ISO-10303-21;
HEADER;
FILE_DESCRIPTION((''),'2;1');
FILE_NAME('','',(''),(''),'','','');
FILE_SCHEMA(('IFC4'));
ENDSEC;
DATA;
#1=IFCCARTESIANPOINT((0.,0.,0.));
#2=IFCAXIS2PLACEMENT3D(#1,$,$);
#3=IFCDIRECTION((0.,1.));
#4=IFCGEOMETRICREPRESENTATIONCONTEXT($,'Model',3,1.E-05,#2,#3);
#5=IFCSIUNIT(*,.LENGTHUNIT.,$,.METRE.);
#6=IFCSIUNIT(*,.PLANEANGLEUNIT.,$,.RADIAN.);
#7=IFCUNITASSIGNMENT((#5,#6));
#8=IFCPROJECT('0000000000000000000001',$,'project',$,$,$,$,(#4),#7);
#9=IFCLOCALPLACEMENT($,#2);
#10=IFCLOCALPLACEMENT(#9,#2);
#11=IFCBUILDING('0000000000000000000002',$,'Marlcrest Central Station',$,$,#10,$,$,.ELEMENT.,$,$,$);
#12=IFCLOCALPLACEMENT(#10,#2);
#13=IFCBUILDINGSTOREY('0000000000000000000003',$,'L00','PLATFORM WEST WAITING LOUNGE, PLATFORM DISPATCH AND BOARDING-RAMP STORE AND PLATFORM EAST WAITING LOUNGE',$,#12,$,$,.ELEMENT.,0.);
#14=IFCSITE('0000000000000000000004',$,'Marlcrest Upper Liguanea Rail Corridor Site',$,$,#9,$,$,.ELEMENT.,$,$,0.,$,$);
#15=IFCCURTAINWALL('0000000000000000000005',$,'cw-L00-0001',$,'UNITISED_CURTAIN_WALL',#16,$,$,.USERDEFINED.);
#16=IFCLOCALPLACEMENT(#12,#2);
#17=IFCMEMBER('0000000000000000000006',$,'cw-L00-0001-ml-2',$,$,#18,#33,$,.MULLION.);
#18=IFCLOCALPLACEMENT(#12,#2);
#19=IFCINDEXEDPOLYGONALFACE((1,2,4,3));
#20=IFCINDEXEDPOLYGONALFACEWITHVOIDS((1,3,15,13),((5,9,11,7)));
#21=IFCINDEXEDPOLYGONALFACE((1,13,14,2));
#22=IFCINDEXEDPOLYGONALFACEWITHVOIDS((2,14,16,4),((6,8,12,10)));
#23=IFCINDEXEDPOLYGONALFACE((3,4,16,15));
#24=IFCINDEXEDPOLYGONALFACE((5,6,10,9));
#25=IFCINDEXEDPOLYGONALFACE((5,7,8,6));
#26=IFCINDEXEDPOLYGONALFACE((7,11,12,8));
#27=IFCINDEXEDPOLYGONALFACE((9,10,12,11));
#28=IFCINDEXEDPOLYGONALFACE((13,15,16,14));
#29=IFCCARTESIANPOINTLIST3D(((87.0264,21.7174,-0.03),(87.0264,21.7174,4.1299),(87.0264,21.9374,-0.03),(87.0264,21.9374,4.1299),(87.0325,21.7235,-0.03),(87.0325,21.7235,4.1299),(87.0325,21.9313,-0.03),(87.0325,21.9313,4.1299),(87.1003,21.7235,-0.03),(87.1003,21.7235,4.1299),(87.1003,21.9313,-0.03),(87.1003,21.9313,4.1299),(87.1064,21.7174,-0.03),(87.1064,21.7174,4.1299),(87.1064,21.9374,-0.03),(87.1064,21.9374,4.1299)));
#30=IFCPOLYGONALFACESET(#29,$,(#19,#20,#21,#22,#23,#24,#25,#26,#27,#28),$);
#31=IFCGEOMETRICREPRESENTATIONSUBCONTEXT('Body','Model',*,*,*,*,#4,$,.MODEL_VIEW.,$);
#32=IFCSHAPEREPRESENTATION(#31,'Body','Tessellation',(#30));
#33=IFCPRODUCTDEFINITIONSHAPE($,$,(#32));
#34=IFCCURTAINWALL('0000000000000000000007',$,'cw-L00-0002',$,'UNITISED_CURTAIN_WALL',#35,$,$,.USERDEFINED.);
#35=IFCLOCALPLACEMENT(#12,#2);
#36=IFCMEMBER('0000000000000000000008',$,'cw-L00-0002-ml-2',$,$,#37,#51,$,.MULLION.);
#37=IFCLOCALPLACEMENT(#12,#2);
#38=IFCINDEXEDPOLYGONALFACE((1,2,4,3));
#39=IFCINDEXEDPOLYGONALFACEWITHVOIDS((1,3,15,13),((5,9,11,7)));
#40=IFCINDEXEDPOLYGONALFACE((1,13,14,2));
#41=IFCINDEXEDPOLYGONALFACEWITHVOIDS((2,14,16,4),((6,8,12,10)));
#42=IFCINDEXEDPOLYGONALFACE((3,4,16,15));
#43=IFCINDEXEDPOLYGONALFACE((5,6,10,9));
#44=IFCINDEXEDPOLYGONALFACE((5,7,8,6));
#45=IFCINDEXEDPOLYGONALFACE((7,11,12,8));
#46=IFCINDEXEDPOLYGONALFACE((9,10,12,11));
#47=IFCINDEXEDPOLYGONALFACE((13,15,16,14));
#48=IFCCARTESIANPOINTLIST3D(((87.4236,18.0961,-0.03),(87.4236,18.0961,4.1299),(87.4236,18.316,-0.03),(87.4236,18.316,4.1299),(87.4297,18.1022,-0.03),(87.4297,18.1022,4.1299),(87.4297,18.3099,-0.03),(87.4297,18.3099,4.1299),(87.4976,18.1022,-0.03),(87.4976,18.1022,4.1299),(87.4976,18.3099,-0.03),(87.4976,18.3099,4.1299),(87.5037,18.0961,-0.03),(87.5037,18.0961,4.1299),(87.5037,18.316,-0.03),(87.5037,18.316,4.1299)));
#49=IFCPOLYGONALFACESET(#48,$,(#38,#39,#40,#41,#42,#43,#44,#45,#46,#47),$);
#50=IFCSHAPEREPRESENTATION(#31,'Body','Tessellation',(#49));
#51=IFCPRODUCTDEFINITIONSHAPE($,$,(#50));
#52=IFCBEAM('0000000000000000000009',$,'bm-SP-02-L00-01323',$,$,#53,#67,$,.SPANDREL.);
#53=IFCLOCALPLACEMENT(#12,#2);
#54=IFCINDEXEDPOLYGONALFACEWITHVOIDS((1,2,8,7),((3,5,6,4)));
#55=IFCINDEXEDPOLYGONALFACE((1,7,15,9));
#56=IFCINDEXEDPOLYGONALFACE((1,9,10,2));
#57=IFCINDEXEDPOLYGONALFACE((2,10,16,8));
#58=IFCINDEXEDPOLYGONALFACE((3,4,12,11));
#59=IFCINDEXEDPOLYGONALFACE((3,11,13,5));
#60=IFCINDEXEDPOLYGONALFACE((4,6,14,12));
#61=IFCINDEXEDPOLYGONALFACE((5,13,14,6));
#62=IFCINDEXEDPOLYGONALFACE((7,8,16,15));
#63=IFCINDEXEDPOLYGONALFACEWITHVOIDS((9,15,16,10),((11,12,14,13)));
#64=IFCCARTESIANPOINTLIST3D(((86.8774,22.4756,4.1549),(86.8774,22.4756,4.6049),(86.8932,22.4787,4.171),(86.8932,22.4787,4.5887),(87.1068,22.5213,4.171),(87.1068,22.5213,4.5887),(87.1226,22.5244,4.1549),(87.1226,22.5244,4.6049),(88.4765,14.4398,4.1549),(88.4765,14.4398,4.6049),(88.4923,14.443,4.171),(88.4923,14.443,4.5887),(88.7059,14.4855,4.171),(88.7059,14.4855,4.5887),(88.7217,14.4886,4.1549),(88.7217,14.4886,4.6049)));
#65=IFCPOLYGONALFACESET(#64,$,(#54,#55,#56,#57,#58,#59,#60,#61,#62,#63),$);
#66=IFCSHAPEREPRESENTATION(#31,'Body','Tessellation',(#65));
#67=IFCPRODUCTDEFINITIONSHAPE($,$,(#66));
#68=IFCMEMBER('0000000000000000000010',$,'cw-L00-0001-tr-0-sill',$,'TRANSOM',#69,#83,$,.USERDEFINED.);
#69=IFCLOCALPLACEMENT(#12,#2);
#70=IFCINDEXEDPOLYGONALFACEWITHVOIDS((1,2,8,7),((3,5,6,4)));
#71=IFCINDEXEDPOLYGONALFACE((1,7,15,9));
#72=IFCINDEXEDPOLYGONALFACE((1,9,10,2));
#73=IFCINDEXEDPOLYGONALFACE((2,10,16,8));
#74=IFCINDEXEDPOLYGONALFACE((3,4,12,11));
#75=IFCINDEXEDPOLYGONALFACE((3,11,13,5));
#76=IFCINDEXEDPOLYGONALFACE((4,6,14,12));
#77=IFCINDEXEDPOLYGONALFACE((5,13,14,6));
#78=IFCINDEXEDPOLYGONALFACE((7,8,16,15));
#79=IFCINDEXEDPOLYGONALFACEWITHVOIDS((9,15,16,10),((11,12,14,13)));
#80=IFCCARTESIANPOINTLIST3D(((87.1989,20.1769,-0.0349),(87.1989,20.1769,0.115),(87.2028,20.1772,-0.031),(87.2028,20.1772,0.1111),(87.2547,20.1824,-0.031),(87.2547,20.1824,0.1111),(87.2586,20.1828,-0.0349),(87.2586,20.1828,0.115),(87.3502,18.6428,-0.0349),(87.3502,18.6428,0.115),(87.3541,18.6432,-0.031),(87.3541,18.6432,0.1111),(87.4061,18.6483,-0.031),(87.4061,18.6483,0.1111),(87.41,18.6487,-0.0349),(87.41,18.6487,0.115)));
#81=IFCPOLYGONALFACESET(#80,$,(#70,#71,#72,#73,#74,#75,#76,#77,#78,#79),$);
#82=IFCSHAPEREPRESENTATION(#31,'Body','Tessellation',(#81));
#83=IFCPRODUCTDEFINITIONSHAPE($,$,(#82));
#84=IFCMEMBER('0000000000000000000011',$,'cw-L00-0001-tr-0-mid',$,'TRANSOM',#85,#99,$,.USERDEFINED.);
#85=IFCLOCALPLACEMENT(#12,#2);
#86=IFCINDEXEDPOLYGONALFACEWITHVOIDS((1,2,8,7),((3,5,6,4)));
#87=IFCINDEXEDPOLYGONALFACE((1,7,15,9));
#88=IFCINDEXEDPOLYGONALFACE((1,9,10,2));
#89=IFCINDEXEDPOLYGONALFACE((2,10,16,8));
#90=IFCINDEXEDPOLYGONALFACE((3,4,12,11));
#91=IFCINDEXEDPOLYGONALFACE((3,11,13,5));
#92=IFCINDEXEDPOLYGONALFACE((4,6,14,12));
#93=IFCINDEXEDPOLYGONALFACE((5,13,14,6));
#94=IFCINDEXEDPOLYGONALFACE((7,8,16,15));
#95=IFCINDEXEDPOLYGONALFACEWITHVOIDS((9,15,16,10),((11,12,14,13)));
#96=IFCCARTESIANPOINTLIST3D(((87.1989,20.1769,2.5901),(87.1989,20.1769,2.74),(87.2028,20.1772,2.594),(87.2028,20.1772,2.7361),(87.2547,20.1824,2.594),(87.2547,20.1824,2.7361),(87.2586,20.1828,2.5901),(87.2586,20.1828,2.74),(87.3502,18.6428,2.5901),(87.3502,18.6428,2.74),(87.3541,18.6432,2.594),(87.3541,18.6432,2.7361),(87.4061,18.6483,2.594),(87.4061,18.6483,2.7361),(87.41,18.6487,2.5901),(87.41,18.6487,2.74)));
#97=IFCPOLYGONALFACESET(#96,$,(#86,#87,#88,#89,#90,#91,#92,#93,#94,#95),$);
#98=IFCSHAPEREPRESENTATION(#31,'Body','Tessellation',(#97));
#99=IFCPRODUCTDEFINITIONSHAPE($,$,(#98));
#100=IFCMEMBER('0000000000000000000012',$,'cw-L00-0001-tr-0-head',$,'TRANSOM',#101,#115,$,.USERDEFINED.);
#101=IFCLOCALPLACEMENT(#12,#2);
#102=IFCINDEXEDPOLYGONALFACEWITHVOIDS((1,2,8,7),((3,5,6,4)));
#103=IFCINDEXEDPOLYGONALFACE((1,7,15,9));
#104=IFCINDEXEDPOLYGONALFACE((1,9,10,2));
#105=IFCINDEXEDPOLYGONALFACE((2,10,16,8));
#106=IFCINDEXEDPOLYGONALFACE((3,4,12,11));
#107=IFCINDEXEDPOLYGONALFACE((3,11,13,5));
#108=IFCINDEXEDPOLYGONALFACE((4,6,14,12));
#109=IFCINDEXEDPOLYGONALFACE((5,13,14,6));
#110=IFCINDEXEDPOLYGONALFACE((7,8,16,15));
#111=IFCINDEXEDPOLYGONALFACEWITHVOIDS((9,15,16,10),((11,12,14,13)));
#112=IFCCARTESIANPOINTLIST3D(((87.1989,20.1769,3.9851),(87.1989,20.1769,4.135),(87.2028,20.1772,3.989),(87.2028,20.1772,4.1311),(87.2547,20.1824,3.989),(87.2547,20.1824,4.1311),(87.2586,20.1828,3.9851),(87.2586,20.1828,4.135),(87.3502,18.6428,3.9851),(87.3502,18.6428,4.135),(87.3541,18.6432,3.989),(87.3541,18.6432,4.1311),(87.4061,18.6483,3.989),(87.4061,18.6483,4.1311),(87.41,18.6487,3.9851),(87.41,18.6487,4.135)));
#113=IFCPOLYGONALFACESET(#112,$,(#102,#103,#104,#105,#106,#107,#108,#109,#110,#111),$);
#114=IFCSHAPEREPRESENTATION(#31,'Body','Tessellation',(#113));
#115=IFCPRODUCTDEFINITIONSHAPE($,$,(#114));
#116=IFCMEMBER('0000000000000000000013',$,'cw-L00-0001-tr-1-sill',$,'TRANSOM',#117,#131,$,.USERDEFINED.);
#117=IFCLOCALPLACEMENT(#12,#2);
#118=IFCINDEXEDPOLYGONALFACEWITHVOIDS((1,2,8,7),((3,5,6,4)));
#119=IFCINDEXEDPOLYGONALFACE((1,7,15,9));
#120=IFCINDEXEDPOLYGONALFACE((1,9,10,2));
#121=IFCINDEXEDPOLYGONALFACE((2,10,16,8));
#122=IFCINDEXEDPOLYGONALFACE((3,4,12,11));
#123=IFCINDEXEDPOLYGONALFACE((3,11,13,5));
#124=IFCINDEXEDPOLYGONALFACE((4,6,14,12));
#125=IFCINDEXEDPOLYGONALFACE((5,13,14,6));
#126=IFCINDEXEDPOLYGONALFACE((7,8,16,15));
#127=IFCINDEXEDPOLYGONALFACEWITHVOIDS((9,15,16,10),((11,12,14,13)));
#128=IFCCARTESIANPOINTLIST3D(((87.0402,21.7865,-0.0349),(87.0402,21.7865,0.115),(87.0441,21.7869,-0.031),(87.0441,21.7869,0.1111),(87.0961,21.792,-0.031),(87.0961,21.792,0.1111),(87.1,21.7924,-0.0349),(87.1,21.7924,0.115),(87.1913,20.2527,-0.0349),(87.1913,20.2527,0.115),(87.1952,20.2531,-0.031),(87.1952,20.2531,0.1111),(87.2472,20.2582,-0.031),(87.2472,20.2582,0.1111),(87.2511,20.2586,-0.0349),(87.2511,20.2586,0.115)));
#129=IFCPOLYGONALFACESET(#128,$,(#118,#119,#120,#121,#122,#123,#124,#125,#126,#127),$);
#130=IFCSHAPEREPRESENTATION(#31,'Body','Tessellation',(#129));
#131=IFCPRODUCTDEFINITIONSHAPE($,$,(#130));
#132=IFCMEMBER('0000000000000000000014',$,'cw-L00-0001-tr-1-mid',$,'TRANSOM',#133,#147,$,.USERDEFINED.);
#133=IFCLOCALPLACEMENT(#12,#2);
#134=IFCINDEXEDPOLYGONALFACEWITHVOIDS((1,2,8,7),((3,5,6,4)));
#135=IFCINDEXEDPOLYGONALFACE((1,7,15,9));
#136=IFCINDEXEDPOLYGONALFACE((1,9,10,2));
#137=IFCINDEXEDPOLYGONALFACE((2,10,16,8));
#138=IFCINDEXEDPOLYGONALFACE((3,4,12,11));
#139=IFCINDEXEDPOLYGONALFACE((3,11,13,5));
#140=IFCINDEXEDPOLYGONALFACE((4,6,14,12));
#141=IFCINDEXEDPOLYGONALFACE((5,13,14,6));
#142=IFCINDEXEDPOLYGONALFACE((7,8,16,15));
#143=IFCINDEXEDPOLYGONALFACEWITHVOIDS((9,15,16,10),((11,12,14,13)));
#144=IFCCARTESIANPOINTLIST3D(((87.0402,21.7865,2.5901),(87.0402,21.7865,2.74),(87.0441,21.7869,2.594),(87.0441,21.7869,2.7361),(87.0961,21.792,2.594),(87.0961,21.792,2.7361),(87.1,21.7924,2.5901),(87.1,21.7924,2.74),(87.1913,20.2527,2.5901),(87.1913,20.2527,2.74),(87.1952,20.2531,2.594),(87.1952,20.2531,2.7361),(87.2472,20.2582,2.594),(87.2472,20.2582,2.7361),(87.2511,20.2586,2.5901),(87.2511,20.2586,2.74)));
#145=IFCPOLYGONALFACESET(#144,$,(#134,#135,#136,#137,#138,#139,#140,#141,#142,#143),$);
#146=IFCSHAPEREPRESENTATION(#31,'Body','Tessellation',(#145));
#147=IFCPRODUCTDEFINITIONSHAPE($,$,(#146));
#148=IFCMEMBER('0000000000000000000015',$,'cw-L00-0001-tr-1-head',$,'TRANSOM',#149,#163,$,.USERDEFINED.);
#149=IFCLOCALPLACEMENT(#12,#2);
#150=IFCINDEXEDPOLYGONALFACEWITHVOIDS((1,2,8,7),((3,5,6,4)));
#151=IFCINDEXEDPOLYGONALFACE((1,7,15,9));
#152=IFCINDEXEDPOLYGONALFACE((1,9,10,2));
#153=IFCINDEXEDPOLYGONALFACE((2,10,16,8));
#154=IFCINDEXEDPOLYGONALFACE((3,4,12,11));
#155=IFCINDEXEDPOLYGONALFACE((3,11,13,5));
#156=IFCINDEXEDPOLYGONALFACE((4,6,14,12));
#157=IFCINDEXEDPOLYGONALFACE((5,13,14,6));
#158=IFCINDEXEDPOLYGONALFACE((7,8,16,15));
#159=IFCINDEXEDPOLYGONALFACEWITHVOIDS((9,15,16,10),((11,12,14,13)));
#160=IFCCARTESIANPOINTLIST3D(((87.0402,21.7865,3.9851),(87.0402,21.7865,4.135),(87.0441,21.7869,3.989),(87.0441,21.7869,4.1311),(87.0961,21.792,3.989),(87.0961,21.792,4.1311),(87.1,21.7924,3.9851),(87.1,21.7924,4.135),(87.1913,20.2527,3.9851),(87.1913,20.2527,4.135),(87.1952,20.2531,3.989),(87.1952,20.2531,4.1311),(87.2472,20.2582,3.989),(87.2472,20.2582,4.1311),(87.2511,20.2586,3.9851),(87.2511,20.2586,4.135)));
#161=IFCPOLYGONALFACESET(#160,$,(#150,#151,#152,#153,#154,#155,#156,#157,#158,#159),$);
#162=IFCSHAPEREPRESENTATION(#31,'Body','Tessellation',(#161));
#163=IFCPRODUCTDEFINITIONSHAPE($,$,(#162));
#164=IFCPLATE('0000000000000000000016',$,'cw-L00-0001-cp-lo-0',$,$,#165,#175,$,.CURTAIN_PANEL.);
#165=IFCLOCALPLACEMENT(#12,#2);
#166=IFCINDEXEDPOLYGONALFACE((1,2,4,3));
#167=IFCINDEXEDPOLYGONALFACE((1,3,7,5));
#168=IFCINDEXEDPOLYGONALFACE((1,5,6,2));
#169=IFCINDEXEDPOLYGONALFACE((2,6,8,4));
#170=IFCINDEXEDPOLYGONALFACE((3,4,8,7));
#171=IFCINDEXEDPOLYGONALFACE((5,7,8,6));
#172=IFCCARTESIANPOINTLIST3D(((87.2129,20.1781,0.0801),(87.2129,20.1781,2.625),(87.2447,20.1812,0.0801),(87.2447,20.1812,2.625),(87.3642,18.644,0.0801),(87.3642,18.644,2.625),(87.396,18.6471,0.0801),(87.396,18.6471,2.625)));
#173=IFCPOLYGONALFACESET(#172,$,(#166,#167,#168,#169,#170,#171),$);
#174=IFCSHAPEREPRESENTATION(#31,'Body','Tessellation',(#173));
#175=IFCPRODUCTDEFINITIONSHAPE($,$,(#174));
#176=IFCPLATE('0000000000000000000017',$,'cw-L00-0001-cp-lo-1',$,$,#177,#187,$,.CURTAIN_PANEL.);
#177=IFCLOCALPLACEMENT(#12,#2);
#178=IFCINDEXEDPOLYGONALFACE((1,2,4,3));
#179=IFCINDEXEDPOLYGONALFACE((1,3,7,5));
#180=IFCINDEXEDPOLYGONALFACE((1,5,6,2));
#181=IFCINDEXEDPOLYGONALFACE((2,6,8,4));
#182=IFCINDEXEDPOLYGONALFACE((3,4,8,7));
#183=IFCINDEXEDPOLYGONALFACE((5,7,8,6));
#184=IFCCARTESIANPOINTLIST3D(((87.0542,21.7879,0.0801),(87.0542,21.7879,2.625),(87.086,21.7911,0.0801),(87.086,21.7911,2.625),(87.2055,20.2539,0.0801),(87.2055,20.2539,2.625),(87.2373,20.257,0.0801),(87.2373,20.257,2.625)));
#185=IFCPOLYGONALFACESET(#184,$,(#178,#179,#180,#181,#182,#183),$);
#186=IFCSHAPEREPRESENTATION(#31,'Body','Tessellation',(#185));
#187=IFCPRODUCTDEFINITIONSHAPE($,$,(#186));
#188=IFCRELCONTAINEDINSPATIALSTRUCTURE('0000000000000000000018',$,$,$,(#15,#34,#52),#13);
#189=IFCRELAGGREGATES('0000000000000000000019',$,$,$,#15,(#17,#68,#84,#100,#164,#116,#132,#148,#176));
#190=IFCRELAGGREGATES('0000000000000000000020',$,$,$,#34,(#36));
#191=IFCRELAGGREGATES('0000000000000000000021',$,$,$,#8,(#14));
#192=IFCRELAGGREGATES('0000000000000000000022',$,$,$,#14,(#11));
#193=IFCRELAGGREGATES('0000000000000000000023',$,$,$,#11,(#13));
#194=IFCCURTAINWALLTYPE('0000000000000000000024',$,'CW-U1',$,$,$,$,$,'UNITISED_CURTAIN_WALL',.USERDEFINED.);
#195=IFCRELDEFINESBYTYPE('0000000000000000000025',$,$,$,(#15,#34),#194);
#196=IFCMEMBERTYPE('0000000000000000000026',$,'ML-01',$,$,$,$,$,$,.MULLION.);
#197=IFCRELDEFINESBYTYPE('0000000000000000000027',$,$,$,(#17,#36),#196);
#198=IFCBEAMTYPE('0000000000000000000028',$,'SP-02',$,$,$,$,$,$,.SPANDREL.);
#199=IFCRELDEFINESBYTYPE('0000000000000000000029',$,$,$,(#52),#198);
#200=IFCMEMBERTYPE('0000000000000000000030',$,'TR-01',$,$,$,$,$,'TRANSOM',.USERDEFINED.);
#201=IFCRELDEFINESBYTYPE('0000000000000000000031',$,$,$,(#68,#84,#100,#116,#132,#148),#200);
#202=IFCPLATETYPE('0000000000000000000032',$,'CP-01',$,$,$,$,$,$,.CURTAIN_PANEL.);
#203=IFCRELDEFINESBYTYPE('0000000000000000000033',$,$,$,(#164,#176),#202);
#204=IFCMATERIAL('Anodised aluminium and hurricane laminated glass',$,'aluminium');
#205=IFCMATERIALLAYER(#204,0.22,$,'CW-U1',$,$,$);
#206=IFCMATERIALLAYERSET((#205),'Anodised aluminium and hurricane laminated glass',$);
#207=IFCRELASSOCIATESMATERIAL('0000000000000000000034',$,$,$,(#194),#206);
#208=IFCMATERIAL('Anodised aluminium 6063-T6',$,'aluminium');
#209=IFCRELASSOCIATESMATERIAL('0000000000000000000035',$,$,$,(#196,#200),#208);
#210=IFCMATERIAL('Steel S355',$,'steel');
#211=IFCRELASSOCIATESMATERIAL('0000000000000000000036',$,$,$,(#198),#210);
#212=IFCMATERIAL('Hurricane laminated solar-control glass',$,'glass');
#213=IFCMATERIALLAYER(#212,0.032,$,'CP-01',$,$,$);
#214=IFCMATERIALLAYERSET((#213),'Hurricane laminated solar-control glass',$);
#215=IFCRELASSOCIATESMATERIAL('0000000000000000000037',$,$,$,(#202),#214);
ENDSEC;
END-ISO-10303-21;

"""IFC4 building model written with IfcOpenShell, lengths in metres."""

from ifc_helpers import new_model, si_unit, direction, frame, origin, origin_2d, place, context, subcontext, project, spatial, rectangle, hollow_rectangle, extrude, material, layer, layer_set, material_profile, profile_set, type_object, element, aggregate, save


model = new_model("IFC4")

# Units and contexts
model_context = context("Model", 3, precision=1e-05, world=origin(), true_north=direction((0.0, 1.0)))
body_context = subcontext(model_context, "Body", "Model", "MODEL_VIEW")
ifc_project = project(units=[si_unit("LENGTHUNIT", "METRE"), si_unit("PLANEANGLEUNIT", "RADIAN")], contexts=[model_context])

# Site, building, storey
site_placement = place(None, origin())
site = spatial("IfcSite", under=ifc_project, at=site_placement, Name="Marlcrest Upper Liguanea Rail Corridor Site", CompositionType="ELEMENT", RefElevation=0.0)
building_placement = place(site_placement, origin())
building = spatial("IfcBuilding", under=site, at=building_placement, Name="Marlcrest Central Station", CompositionType="ELEMENT")
storey_placement = place(building_placement, origin())
storey = spatial("IfcBuildingStorey", under=building, at=storey_placement, Name="L00", Description="PLATFORM WEST WAITING LOUNGE, PLATFORM DISPATCH AND BOARDING-RAMP STORE AND PLATFORM EAST WAITING LOUNGE", CompositionType="ELEMENT", Elevation=0.0)

# Shared definitions
ifc_material_1 = material(Name="Steel S355", Category="steel")

# Curtain wall, member
ifc_material_2 = material(Name="Anodised aluminium and hurricane laminated glass", Category="aluminium")
ifc_layer_1 = layer(ifc_material_2, 0.22, Name="CW-U1")
ifc_layer_set_1 = layer_set([ifc_layer_1], Name="Anodised aluminium and hurricane laminated glass")
curtain_wall_type = type_object("IfcCurtainWallType", Name="CW-U1", ElementType="UNITISED_CURTAIN_WALL", PredefinedType="USERDEFINED", material=ifc_layer_set_1)
curtain_wall_1_placement = place(storey_placement, origin())
curtain_wall_1 = element("IfcCurtainWall", 1, at=curtain_wall_1_placement, inside=storey, type_object=curtain_wall_type, Name="cw-L00-0001", ObjectType="UNITISED_CURTAIN_WALL", PredefinedType="USERDEFINED")
ifc_material_3 = material(Name="Anodised aluminium 6063-T6", Category="aluminium")
ifc_material_profile_1 = material_profile(ifc_material_3, hollow_rectangle(XDim=0.0801, YDim=0.22, WallThickness=0.0061, at=origin_2d()), Name="AA-RHS 220x80x6")
ifc_profile_set_1 = profile_set([ifc_material_profile_1], Name="Anodised aluminium 6063-T6")
member_type_1 = type_object("IfcMemberType", Name="ML-01", PredefinedType="MULLION", material=ifc_profile_set_1)
member_1_placement = place(storey_placement, frame((87.0664, 21.8274, -0.03), z_axis=(0.0, 0.0, 1.0), x_axis=(1.0, 0.0, 0.0)))
member_1 = element("IfcMember", 2, at=member_1_placement, type_object=member_type_1, Name="cw-L00-0001-ml-2", PredefinedType="MULLION", context=body_context, shape_type="SweptSolid", body=[
    extrude(hollow_rectangle(XDim=0.0801, YDim=0.22, WallThickness=0.0061, at=origin_2d()), origin(), (0.0, 0.0, 1.0), 4.1599),
])

# Curtain wall, member
curtain_wall_2_placement = place(storey_placement, origin())
curtain_wall_2 = element("IfcCurtainWall", 3, at=curtain_wall_2_placement, inside=storey, type_object=curtain_wall_type, Name="cw-L00-0002", ObjectType="UNITISED_CURTAIN_WALL", PredefinedType="USERDEFINED")
member_2_placement = place(storey_placement, frame((87.4636, 18.2061, -0.03), z_axis=(0.0, 0.0, 1.0), x_axis=(1.0, 0.0, 0.0)))
member_2 = element("IfcMember", 4, at=member_2_placement, type_object=member_type_1, Name="cw-L00-0002-ml-2", PredefinedType="MULLION", context=body_context, shape_type="SweptSolid", body=[
    extrude(hollow_rectangle(XDim=0.0801, YDim=0.22, WallThickness=0.0061, at=origin_2d()), origin(), (0.0, 0.0, 1.0), 4.1599),
])

# Beam
ifc_material_profile_2 = material_profile(ifc_material_1, hollow_rectangle(XDim=0.25, YDim=0.45, WallThickness=0.0161, at=origin_2d()), Name="RHS 450x250x16")
ifc_profile_set_2 = profile_set([ifc_material_profile_2], Name="Steel S355")
beam_type_1 = type_object("IfcBeamType", Name="SP-02", PredefinedType="SPANDREL", material=ifc_profile_set_2)
beam_1_placement = place(storey_placement, frame((87.0, 22.5, 4.3799), z_axis=(0.195171, -0.980769, 0.0), x_axis=(0.980769, 0.195171, 0.0)))
element("IfcBeam", 5, at=beam_1_placement, inside=storey, type_object=beam_type_1, Name="bm-SP-02-L00-01323", PredefinedType="SPANDREL", context=body_context, shape_type="SweptSolid", body=[
    extrude(hollow_rectangle(XDim=0.25, YDim=0.45, WallThickness=0.0161, at=origin_2d()), origin(), (0.0, 0.0, 1.0), 8.1934),
])

# Members
ifc_material_profile_3 = material_profile(ifc_material_3, hollow_rectangle(XDim=0.0601, YDim=0.1499, WallThickness=0.0039, at=origin_2d()), Name="AA-RHS 150x60x4")
ifc_profile_set_3 = profile_set([ifc_material_profile_3], Name="Anodised aluminium 6063-T6")
member_type_2 = type_object("IfcMemberType", Name="TR-01", ElementType="TRANSOM", PredefinedType="USERDEFINED", material=ifc_profile_set_3)
member_3_placement = place(storey_placement, frame((87.3801, 18.6458, 0.04), z_axis=(-0.098202, 0.995167, 0.0), x_axis=(-0.995167, -0.098202, 0.0)))
member_3 = element("IfcMember", 6, at=member_3_placement, type_object=member_type_2, Name="cw-L00-0001-tr-0-sill", ObjectType="TRANSOM", PredefinedType="USERDEFINED", context=body_context, shape_type="SweptSolid", body=[
    extrude(hollow_rectangle(XDim=0.0601, YDim=0.1499, WallThickness=0.0039, at=origin_2d()), origin(), (0.0, 0.0, 1.0), 1.5415),
])
member_4_placement = place(storey_placement, frame((87.3801, 18.6458, 2.665), z_axis=(-0.098202, 0.995167, 0.0), x_axis=(-0.995167, -0.098202, 0.0)))
member_4 = element("IfcMember", 7, at=member_4_placement, type_object=member_type_2, Name="cw-L00-0001-tr-0-mid", ObjectType="TRANSOM", PredefinedType="USERDEFINED", context=body_context, shape_type="SweptSolid", body=[
    extrude(hollow_rectangle(XDim=0.0601, YDim=0.1499, WallThickness=0.0039, at=origin_2d()), origin(), (0.0, 0.0, 1.0), 1.5415),
])
member_5_placement = place(storey_placement, frame((87.3801, 18.6458, 4.0601), z_axis=(-0.098202, 0.995167, 0.0), x_axis=(-0.995167, -0.098202, 0.0)))
member_5 = element("IfcMember", 8, at=member_5_placement, type_object=member_type_2, Name="cw-L00-0001-tr-0-head", ObjectType="TRANSOM", PredefinedType="USERDEFINED", context=body_context, shape_type="SweptSolid", body=[
    extrude(hollow_rectangle(XDim=0.0601, YDim=0.1499, WallThickness=0.0039, at=origin_2d()), origin(), (0.0, 0.0, 1.0), 1.5415),
])
member_6_placement = place(storey_placement, frame((87.2212, 20.2556, 0.04), z_axis=(-0.098045, 0.995182, 0.0), x_axis=(-0.995182, -0.098045, 0.0)))
member_6 = element("IfcMember", 9, at=member_6_placement, type_object=member_type_2, Name="cw-L00-0001-tr-1-sill", ObjectType="TRANSOM", PredefinedType="USERDEFINED", context=body_context, shape_type="SweptSolid", body=[
    extrude(hollow_rectangle(XDim=0.0601, YDim=0.1499, WallThickness=0.0039, at=origin_2d()), origin(), (0.0, 0.0, 1.0), 1.5413),
])
member_7_placement = place(storey_placement, frame((87.2212, 20.2556, 2.665), z_axis=(-0.098045, 0.995182, 0.0), x_axis=(-0.995182, -0.098045, 0.0)))
member_7 = element("IfcMember", 10, at=member_7_placement, type_object=member_type_2, Name="cw-L00-0001-tr-1-mid", ObjectType="TRANSOM", PredefinedType="USERDEFINED", context=body_context, shape_type="SweptSolid", body=[
    extrude(hollow_rectangle(XDim=0.0601, YDim=0.1499, WallThickness=0.0039, at=origin_2d()), origin(), (0.0, 0.0, 1.0), 1.5413),
])
member_8_placement = place(storey_placement, frame((87.2212, 20.2556, 4.0601), z_axis=(-0.098045, 0.995182, 0.0), x_axis=(-0.995182, -0.098045, 0.0)))
member_8 = element("IfcMember", 11, at=member_8_placement, type_object=member_type_2, Name="cw-L00-0001-tr-1-head", ObjectType="TRANSOM", PredefinedType="USERDEFINED", context=body_context, shape_type="SweptSolid", body=[
    extrude(hollow_rectangle(XDim=0.0601, YDim=0.1499, WallThickness=0.0039, at=origin_2d()), origin(), (0.0, 0.0, 1.0), 1.5413),
])

# Plates
ifc_material_4 = material(Name="Hurricane laminated solar-control glass", Category="glass")
ifc_layer_2 = layer(ifc_material_4, 0.032, Name="CP-01")
ifc_layer_set_2 = layer_set([ifc_layer_2], Name="Hurricane laminated solar-control glass")
plate_type_1 = type_object("IfcPlateType", Name="CP-01", PredefinedType="CURTAIN_PANEL", material=ifc_layer_set_2)
plate_1_placement = place(storey_placement, frame((87.3044, 19.4126, 0.0801), z_axis=(0.0, 0.0, 1.0), x_axis=(-0.098139, 0.995173, 0.0)))
plate_1 = element("IfcPlate", 12, at=plate_1_placement, type_object=plate_type_1, Name="cw-L00-0001-cp-lo-0", PredefinedType="CURTAIN_PANEL", context=body_context, shape_type="SweptSolid", body=[
    extrude(rectangle(XDim=1.5415, YDim=0.032, at=origin_2d()), origin(), (0.0, 0.0, 1.0), 2.5449),
])
plate_2_placement = place(storey_placement, frame((87.1458, 21.0225, 0.0801), z_axis=(0.0, 0.0, 1.0), x_axis=(-0.098139, 0.995173, 0.0)))
plate_2 = element("IfcPlate", 13, at=plate_2_placement, type_object=plate_type_1, Name="cw-L00-0001-cp-lo-1", PredefinedType="CURTAIN_PANEL", context=body_context, shape_type="SweptSolid", body=[
    extrude(rectangle(XDim=1.5415, YDim=0.032, at=origin_2d()), origin(), (0.0, 0.0, 1.0), 2.5449),
])
aggregate(curtain_wall_1, [member_1, member_3, member_4, member_5, plate_1, member_6, member_7, member_8, plate_2])
aggregate(curtain_wall_2, [member_2])

save(model, "model.ifc")
